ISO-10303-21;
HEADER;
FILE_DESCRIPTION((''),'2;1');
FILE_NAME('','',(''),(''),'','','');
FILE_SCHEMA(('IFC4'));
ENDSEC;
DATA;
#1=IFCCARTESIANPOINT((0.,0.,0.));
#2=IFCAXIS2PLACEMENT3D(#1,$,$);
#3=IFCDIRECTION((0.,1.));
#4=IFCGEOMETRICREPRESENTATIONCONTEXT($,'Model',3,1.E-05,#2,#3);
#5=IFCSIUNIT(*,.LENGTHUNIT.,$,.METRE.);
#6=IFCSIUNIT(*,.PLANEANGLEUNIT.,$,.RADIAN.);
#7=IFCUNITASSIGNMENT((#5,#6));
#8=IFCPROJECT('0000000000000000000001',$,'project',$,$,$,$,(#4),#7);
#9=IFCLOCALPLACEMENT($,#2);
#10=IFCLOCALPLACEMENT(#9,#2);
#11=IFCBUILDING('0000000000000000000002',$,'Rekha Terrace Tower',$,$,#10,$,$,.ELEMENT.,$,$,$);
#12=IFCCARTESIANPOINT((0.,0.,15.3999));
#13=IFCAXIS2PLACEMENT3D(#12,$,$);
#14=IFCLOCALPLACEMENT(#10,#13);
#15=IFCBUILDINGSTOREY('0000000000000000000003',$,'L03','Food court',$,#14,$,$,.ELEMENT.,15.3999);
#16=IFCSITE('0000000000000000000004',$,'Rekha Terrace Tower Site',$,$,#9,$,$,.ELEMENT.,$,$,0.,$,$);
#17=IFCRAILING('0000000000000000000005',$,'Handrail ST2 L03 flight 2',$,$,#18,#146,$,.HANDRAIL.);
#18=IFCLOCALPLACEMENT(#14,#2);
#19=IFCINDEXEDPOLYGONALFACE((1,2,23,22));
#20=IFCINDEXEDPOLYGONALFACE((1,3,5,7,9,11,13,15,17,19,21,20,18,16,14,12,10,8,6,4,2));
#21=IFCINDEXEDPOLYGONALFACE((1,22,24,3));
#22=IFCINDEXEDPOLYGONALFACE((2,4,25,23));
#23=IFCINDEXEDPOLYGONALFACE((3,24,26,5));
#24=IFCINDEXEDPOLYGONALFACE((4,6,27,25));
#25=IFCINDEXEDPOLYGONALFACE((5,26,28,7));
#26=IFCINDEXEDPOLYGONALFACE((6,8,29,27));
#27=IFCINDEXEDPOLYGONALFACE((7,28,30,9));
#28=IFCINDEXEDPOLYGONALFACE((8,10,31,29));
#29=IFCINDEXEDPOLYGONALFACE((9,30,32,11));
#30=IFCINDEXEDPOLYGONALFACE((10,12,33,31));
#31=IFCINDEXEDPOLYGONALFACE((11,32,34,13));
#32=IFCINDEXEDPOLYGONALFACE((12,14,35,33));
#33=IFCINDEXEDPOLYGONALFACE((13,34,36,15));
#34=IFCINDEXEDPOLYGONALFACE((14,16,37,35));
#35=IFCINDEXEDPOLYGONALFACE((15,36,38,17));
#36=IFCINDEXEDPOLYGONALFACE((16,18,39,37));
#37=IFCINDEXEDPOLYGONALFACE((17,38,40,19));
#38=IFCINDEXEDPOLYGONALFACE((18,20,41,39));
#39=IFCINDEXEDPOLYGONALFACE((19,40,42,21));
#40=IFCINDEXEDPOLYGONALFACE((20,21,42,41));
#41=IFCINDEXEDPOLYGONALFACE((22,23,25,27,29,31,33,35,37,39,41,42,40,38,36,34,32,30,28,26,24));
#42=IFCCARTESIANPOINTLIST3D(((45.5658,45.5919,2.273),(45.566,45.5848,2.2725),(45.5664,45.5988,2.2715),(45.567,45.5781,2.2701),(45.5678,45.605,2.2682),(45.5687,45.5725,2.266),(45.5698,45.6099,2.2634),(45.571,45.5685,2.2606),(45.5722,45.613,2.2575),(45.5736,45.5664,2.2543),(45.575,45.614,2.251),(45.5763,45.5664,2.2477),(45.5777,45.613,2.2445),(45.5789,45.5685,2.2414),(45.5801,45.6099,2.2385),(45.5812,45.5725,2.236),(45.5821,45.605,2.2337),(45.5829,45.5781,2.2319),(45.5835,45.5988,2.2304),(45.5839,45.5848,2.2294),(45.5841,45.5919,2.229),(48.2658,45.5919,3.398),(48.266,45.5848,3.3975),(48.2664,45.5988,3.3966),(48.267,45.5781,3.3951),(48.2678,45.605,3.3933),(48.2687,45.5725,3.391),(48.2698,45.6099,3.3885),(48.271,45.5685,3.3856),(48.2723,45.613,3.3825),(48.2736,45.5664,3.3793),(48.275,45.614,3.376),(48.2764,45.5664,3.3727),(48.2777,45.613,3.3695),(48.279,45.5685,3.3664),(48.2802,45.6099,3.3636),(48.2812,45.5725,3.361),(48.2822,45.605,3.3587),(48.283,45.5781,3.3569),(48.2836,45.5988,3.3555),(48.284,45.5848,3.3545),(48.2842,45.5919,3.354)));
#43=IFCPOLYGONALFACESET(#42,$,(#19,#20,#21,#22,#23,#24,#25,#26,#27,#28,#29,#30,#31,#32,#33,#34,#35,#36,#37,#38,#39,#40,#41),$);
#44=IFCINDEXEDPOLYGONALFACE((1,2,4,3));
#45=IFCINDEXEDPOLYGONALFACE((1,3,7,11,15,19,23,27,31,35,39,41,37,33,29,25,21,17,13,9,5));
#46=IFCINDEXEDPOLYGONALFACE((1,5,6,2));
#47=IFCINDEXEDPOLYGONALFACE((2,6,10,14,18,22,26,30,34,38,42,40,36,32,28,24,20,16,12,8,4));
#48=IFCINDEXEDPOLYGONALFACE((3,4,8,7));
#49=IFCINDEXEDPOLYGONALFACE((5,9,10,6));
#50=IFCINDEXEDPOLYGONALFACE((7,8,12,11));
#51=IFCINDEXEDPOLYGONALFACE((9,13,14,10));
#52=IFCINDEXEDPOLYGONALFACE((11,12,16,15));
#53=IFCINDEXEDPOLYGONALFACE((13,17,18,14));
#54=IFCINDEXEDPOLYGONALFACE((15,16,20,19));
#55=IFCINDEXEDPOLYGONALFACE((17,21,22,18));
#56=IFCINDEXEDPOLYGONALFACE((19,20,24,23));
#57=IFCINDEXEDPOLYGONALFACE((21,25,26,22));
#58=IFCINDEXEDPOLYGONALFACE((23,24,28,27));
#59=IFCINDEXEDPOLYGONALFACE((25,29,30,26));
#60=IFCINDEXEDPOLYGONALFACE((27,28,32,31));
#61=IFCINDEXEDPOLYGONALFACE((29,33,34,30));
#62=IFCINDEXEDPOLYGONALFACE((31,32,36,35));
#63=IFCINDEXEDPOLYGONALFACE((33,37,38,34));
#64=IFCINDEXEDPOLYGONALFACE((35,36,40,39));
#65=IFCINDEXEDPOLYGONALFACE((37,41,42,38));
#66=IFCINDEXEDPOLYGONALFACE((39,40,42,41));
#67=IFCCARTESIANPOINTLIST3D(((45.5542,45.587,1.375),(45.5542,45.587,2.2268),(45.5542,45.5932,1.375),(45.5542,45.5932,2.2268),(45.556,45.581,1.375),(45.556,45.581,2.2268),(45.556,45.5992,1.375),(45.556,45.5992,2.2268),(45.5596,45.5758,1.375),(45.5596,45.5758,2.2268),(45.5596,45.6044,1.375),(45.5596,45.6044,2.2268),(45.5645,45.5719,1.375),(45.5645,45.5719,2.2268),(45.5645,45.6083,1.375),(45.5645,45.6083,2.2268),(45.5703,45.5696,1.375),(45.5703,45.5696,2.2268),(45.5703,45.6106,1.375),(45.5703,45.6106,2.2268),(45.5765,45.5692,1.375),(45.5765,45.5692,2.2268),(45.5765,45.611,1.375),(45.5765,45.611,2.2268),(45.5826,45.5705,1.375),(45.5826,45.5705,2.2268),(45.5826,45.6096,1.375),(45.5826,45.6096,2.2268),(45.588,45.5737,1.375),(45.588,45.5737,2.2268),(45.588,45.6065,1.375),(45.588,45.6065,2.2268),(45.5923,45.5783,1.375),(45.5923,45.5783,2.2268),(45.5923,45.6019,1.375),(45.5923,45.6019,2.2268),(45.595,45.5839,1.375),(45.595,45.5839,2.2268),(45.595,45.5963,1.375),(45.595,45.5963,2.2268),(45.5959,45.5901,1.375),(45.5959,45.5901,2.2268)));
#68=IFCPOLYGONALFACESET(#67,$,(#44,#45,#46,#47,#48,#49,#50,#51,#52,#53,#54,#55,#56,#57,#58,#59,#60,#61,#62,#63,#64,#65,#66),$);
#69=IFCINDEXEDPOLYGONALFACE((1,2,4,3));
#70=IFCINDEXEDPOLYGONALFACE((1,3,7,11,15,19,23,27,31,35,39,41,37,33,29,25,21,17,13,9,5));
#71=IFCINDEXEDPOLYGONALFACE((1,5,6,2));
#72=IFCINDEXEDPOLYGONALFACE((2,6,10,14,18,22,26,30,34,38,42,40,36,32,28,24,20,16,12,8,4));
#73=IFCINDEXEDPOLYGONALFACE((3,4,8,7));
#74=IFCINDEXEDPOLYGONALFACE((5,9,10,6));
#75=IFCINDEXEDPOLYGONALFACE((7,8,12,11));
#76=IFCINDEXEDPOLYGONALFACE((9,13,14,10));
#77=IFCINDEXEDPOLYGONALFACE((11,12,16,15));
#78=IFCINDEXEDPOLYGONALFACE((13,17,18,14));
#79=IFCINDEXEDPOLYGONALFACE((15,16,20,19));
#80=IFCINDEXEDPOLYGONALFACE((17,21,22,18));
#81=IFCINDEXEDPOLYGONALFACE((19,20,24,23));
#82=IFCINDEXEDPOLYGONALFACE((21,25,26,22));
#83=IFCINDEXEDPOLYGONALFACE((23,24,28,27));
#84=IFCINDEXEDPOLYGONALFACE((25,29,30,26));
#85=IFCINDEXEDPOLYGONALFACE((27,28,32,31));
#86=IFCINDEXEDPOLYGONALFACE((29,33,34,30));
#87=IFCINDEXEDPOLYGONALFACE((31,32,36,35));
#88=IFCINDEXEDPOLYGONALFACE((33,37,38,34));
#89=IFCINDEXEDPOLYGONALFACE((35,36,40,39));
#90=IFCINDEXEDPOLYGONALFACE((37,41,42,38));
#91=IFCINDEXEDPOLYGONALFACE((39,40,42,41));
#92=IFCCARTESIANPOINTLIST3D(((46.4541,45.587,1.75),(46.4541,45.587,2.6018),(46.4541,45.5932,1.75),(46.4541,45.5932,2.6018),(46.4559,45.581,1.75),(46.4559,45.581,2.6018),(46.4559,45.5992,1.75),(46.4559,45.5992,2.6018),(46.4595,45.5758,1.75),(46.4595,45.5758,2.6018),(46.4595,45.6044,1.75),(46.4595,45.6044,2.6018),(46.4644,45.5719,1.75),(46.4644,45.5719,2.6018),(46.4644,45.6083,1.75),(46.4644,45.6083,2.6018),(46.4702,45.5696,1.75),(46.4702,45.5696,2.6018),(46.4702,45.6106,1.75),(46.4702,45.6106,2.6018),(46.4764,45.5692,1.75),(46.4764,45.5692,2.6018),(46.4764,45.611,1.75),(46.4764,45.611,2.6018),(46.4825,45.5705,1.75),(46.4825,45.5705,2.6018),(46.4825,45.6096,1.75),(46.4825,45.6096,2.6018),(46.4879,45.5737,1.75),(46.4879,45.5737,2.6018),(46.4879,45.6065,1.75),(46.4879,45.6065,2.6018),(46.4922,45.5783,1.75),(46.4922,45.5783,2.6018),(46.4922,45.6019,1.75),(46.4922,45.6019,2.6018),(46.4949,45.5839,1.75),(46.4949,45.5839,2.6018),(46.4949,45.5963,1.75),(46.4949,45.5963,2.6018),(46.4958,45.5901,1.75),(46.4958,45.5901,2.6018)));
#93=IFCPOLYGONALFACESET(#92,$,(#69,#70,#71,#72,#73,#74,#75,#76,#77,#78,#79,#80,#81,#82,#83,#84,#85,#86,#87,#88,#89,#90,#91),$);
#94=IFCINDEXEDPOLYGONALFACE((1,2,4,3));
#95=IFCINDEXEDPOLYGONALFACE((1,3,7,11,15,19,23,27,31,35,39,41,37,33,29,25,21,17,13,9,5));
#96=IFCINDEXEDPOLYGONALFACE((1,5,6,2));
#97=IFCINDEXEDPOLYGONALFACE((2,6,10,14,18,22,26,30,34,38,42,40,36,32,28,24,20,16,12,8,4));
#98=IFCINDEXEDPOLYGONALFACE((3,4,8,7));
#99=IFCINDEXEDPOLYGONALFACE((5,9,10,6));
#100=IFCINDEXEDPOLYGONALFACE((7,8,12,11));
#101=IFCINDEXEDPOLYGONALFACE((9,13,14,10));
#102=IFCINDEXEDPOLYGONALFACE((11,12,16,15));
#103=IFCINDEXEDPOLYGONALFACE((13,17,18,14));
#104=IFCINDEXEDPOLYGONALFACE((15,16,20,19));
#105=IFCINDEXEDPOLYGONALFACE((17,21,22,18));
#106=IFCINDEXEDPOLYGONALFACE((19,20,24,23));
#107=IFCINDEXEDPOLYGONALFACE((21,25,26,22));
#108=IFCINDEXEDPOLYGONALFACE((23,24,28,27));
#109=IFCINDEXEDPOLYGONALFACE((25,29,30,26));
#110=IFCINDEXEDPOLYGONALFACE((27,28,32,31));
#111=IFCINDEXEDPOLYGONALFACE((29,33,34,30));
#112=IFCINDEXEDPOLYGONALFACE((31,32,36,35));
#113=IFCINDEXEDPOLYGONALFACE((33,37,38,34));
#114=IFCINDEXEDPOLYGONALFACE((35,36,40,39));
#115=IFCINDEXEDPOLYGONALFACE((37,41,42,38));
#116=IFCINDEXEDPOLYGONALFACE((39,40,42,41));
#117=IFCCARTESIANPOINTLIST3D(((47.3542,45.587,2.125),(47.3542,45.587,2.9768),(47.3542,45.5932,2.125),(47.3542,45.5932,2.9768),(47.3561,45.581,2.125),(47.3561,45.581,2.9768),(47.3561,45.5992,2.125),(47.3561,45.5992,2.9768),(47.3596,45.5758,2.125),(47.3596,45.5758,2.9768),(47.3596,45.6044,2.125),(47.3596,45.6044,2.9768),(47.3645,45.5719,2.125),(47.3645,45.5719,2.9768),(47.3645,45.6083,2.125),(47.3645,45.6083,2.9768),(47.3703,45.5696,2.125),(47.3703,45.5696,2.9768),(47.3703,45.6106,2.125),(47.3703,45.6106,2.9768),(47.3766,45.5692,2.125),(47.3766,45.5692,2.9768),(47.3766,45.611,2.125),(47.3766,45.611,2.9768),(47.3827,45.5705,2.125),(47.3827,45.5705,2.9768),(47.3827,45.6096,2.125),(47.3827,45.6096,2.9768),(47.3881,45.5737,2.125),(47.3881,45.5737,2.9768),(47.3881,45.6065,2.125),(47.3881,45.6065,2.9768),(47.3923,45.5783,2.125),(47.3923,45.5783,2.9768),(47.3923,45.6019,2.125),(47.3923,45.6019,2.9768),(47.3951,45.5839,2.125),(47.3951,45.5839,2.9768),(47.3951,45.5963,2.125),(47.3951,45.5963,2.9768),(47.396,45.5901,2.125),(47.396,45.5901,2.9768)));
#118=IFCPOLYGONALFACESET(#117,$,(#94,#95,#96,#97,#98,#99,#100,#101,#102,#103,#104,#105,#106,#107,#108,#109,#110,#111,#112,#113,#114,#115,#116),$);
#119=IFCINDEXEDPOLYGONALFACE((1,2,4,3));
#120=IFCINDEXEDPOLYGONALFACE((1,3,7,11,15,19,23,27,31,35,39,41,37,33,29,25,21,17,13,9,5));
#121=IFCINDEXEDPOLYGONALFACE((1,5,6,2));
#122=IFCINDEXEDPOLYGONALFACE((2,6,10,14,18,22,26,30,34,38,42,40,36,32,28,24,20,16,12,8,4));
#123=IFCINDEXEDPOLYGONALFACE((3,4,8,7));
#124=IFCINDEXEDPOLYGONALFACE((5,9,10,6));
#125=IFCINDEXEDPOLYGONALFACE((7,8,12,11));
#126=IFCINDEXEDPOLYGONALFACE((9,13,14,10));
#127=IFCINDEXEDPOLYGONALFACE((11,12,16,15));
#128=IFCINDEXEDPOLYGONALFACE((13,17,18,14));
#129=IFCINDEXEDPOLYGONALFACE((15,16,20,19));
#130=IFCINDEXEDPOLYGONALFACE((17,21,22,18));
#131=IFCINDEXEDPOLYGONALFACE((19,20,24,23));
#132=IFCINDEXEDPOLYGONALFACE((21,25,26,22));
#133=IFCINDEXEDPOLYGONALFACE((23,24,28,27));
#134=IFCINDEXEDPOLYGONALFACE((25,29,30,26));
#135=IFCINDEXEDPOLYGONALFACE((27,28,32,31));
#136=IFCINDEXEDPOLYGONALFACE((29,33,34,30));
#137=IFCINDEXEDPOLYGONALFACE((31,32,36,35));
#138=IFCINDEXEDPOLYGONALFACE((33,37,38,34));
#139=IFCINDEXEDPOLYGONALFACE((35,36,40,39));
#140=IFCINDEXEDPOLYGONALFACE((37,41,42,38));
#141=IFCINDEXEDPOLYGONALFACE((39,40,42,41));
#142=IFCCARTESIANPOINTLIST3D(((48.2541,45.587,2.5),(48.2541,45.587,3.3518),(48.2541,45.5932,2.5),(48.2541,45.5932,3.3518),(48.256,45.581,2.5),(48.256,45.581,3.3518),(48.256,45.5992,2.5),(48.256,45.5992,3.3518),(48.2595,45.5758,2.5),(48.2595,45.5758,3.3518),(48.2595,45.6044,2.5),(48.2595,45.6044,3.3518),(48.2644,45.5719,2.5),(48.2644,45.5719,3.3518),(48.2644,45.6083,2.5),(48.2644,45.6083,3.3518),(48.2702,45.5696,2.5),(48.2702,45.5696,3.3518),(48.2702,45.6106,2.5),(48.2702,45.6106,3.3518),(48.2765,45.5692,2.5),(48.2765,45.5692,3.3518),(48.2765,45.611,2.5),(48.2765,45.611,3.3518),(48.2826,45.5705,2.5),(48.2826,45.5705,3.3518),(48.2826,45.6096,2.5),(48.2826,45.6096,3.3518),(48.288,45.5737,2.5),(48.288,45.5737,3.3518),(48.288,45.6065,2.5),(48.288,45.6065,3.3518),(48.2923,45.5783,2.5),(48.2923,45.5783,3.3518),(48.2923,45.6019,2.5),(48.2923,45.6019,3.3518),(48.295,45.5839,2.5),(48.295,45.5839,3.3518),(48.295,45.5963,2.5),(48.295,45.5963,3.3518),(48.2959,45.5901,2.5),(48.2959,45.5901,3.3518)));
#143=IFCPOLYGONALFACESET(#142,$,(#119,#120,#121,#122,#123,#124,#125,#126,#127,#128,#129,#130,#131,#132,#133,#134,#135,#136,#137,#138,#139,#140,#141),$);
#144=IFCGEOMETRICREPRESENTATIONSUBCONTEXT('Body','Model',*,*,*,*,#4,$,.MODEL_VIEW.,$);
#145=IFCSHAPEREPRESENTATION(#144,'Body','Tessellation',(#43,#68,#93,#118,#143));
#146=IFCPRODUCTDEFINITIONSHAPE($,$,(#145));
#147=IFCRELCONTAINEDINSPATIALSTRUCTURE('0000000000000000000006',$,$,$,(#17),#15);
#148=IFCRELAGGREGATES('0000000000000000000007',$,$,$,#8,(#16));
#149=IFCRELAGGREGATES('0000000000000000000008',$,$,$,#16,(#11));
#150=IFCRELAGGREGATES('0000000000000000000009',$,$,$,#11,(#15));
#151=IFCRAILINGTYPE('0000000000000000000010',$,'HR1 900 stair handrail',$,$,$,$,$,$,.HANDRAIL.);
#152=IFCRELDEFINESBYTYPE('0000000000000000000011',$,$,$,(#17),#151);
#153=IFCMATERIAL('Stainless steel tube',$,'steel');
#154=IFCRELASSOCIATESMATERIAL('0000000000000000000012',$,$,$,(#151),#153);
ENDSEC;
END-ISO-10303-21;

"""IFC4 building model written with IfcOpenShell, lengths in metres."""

from ifc_helpers import new_model, si_unit, direction, frame, origin, origin_2d, place, context, subcontext, project, spatial, circle, extrude, material, type_object, element, save


model = new_model("IFC4")

# Units and contexts
model_context = context("Model", 3, precision=1e-05, world=origin(), true_north=direction((0.0, 1.0)))
body_context = subcontext(model_context, "Body", "Model", "MODEL_VIEW")
ifc_project = project(units=[si_unit("LENGTHUNIT", "METRE"), si_unit("PLANEANGLEUNIT", "RADIAN")], contexts=[model_context])

# Site, building, storey
site_placement = place(None, origin())
site = spatial("IfcSite", under=ifc_project, at=site_placement, Name="Rekha Terrace Tower Site", CompositionType="ELEMENT", RefElevation=0.0)
building_placement = place(site_placement, origin())
building = spatial("IfcBuilding", under=site, at=building_placement, Name="Rekha Terrace Tower", CompositionType="ELEMENT")
storey_placement = place(building_placement, frame((0.0, 0.0, 15.3999)))
storey = spatial("IfcBuildingStorey", under=building, at=storey_placement, Name="L03", Description="Food court", CompositionType="ELEMENT", Elevation=15.3999)

# Railing
ifc_material_1 = material(Name="Stainless steel tube", Category="steel")
railing_type_1 = type_object("IfcRailingType", Name="HR1 900 stair handrail", PredefinedType="HANDRAIL", material=ifc_material_1)
railing_1_placement = place(storey_placement, frame((45.575, 45.5901, 1.375)))
element("IfcRailing", 1, at=railing_1_placement, inside=storey, type_object=railing_type_1, Name="Handrail ST2 L03 flight 2", PredefinedType="HANDRAIL", context=body_context, shape_type="SweptSolid", body=[
    extrude(circle(Radius=0.0239, at=origin_2d()), frame((0.0, 0.0, 0.876), z_axis=(0.923074, 0.0, 0.384621), x_axis=(0.0, 1.0, 0.0)), (0.0, 0.0, 1.0), 2.925),
    extrude(circle(Radius=0.021, at=origin_2d()), origin(), (0.0, 0.0, 1.0), 0.8518),
    extrude(circle(Radius=0.021, at=origin_2d()), frame((0.8999, 0.0, 0.375)), (0.0, 0.0, 1.0), 0.8518),
    extrude(circle(Radius=0.021, at=origin_2d()), frame((1.8, 0.0, 0.75)), (0.0, 0.0, 1.0), 0.8518),
    extrude(circle(Radius=0.021, at=origin_2d()), frame((2.7, 0.0, 1.125)), (0.0, 0.0, 1.0), 0.8518),
])

save(model, "model.ifc")
